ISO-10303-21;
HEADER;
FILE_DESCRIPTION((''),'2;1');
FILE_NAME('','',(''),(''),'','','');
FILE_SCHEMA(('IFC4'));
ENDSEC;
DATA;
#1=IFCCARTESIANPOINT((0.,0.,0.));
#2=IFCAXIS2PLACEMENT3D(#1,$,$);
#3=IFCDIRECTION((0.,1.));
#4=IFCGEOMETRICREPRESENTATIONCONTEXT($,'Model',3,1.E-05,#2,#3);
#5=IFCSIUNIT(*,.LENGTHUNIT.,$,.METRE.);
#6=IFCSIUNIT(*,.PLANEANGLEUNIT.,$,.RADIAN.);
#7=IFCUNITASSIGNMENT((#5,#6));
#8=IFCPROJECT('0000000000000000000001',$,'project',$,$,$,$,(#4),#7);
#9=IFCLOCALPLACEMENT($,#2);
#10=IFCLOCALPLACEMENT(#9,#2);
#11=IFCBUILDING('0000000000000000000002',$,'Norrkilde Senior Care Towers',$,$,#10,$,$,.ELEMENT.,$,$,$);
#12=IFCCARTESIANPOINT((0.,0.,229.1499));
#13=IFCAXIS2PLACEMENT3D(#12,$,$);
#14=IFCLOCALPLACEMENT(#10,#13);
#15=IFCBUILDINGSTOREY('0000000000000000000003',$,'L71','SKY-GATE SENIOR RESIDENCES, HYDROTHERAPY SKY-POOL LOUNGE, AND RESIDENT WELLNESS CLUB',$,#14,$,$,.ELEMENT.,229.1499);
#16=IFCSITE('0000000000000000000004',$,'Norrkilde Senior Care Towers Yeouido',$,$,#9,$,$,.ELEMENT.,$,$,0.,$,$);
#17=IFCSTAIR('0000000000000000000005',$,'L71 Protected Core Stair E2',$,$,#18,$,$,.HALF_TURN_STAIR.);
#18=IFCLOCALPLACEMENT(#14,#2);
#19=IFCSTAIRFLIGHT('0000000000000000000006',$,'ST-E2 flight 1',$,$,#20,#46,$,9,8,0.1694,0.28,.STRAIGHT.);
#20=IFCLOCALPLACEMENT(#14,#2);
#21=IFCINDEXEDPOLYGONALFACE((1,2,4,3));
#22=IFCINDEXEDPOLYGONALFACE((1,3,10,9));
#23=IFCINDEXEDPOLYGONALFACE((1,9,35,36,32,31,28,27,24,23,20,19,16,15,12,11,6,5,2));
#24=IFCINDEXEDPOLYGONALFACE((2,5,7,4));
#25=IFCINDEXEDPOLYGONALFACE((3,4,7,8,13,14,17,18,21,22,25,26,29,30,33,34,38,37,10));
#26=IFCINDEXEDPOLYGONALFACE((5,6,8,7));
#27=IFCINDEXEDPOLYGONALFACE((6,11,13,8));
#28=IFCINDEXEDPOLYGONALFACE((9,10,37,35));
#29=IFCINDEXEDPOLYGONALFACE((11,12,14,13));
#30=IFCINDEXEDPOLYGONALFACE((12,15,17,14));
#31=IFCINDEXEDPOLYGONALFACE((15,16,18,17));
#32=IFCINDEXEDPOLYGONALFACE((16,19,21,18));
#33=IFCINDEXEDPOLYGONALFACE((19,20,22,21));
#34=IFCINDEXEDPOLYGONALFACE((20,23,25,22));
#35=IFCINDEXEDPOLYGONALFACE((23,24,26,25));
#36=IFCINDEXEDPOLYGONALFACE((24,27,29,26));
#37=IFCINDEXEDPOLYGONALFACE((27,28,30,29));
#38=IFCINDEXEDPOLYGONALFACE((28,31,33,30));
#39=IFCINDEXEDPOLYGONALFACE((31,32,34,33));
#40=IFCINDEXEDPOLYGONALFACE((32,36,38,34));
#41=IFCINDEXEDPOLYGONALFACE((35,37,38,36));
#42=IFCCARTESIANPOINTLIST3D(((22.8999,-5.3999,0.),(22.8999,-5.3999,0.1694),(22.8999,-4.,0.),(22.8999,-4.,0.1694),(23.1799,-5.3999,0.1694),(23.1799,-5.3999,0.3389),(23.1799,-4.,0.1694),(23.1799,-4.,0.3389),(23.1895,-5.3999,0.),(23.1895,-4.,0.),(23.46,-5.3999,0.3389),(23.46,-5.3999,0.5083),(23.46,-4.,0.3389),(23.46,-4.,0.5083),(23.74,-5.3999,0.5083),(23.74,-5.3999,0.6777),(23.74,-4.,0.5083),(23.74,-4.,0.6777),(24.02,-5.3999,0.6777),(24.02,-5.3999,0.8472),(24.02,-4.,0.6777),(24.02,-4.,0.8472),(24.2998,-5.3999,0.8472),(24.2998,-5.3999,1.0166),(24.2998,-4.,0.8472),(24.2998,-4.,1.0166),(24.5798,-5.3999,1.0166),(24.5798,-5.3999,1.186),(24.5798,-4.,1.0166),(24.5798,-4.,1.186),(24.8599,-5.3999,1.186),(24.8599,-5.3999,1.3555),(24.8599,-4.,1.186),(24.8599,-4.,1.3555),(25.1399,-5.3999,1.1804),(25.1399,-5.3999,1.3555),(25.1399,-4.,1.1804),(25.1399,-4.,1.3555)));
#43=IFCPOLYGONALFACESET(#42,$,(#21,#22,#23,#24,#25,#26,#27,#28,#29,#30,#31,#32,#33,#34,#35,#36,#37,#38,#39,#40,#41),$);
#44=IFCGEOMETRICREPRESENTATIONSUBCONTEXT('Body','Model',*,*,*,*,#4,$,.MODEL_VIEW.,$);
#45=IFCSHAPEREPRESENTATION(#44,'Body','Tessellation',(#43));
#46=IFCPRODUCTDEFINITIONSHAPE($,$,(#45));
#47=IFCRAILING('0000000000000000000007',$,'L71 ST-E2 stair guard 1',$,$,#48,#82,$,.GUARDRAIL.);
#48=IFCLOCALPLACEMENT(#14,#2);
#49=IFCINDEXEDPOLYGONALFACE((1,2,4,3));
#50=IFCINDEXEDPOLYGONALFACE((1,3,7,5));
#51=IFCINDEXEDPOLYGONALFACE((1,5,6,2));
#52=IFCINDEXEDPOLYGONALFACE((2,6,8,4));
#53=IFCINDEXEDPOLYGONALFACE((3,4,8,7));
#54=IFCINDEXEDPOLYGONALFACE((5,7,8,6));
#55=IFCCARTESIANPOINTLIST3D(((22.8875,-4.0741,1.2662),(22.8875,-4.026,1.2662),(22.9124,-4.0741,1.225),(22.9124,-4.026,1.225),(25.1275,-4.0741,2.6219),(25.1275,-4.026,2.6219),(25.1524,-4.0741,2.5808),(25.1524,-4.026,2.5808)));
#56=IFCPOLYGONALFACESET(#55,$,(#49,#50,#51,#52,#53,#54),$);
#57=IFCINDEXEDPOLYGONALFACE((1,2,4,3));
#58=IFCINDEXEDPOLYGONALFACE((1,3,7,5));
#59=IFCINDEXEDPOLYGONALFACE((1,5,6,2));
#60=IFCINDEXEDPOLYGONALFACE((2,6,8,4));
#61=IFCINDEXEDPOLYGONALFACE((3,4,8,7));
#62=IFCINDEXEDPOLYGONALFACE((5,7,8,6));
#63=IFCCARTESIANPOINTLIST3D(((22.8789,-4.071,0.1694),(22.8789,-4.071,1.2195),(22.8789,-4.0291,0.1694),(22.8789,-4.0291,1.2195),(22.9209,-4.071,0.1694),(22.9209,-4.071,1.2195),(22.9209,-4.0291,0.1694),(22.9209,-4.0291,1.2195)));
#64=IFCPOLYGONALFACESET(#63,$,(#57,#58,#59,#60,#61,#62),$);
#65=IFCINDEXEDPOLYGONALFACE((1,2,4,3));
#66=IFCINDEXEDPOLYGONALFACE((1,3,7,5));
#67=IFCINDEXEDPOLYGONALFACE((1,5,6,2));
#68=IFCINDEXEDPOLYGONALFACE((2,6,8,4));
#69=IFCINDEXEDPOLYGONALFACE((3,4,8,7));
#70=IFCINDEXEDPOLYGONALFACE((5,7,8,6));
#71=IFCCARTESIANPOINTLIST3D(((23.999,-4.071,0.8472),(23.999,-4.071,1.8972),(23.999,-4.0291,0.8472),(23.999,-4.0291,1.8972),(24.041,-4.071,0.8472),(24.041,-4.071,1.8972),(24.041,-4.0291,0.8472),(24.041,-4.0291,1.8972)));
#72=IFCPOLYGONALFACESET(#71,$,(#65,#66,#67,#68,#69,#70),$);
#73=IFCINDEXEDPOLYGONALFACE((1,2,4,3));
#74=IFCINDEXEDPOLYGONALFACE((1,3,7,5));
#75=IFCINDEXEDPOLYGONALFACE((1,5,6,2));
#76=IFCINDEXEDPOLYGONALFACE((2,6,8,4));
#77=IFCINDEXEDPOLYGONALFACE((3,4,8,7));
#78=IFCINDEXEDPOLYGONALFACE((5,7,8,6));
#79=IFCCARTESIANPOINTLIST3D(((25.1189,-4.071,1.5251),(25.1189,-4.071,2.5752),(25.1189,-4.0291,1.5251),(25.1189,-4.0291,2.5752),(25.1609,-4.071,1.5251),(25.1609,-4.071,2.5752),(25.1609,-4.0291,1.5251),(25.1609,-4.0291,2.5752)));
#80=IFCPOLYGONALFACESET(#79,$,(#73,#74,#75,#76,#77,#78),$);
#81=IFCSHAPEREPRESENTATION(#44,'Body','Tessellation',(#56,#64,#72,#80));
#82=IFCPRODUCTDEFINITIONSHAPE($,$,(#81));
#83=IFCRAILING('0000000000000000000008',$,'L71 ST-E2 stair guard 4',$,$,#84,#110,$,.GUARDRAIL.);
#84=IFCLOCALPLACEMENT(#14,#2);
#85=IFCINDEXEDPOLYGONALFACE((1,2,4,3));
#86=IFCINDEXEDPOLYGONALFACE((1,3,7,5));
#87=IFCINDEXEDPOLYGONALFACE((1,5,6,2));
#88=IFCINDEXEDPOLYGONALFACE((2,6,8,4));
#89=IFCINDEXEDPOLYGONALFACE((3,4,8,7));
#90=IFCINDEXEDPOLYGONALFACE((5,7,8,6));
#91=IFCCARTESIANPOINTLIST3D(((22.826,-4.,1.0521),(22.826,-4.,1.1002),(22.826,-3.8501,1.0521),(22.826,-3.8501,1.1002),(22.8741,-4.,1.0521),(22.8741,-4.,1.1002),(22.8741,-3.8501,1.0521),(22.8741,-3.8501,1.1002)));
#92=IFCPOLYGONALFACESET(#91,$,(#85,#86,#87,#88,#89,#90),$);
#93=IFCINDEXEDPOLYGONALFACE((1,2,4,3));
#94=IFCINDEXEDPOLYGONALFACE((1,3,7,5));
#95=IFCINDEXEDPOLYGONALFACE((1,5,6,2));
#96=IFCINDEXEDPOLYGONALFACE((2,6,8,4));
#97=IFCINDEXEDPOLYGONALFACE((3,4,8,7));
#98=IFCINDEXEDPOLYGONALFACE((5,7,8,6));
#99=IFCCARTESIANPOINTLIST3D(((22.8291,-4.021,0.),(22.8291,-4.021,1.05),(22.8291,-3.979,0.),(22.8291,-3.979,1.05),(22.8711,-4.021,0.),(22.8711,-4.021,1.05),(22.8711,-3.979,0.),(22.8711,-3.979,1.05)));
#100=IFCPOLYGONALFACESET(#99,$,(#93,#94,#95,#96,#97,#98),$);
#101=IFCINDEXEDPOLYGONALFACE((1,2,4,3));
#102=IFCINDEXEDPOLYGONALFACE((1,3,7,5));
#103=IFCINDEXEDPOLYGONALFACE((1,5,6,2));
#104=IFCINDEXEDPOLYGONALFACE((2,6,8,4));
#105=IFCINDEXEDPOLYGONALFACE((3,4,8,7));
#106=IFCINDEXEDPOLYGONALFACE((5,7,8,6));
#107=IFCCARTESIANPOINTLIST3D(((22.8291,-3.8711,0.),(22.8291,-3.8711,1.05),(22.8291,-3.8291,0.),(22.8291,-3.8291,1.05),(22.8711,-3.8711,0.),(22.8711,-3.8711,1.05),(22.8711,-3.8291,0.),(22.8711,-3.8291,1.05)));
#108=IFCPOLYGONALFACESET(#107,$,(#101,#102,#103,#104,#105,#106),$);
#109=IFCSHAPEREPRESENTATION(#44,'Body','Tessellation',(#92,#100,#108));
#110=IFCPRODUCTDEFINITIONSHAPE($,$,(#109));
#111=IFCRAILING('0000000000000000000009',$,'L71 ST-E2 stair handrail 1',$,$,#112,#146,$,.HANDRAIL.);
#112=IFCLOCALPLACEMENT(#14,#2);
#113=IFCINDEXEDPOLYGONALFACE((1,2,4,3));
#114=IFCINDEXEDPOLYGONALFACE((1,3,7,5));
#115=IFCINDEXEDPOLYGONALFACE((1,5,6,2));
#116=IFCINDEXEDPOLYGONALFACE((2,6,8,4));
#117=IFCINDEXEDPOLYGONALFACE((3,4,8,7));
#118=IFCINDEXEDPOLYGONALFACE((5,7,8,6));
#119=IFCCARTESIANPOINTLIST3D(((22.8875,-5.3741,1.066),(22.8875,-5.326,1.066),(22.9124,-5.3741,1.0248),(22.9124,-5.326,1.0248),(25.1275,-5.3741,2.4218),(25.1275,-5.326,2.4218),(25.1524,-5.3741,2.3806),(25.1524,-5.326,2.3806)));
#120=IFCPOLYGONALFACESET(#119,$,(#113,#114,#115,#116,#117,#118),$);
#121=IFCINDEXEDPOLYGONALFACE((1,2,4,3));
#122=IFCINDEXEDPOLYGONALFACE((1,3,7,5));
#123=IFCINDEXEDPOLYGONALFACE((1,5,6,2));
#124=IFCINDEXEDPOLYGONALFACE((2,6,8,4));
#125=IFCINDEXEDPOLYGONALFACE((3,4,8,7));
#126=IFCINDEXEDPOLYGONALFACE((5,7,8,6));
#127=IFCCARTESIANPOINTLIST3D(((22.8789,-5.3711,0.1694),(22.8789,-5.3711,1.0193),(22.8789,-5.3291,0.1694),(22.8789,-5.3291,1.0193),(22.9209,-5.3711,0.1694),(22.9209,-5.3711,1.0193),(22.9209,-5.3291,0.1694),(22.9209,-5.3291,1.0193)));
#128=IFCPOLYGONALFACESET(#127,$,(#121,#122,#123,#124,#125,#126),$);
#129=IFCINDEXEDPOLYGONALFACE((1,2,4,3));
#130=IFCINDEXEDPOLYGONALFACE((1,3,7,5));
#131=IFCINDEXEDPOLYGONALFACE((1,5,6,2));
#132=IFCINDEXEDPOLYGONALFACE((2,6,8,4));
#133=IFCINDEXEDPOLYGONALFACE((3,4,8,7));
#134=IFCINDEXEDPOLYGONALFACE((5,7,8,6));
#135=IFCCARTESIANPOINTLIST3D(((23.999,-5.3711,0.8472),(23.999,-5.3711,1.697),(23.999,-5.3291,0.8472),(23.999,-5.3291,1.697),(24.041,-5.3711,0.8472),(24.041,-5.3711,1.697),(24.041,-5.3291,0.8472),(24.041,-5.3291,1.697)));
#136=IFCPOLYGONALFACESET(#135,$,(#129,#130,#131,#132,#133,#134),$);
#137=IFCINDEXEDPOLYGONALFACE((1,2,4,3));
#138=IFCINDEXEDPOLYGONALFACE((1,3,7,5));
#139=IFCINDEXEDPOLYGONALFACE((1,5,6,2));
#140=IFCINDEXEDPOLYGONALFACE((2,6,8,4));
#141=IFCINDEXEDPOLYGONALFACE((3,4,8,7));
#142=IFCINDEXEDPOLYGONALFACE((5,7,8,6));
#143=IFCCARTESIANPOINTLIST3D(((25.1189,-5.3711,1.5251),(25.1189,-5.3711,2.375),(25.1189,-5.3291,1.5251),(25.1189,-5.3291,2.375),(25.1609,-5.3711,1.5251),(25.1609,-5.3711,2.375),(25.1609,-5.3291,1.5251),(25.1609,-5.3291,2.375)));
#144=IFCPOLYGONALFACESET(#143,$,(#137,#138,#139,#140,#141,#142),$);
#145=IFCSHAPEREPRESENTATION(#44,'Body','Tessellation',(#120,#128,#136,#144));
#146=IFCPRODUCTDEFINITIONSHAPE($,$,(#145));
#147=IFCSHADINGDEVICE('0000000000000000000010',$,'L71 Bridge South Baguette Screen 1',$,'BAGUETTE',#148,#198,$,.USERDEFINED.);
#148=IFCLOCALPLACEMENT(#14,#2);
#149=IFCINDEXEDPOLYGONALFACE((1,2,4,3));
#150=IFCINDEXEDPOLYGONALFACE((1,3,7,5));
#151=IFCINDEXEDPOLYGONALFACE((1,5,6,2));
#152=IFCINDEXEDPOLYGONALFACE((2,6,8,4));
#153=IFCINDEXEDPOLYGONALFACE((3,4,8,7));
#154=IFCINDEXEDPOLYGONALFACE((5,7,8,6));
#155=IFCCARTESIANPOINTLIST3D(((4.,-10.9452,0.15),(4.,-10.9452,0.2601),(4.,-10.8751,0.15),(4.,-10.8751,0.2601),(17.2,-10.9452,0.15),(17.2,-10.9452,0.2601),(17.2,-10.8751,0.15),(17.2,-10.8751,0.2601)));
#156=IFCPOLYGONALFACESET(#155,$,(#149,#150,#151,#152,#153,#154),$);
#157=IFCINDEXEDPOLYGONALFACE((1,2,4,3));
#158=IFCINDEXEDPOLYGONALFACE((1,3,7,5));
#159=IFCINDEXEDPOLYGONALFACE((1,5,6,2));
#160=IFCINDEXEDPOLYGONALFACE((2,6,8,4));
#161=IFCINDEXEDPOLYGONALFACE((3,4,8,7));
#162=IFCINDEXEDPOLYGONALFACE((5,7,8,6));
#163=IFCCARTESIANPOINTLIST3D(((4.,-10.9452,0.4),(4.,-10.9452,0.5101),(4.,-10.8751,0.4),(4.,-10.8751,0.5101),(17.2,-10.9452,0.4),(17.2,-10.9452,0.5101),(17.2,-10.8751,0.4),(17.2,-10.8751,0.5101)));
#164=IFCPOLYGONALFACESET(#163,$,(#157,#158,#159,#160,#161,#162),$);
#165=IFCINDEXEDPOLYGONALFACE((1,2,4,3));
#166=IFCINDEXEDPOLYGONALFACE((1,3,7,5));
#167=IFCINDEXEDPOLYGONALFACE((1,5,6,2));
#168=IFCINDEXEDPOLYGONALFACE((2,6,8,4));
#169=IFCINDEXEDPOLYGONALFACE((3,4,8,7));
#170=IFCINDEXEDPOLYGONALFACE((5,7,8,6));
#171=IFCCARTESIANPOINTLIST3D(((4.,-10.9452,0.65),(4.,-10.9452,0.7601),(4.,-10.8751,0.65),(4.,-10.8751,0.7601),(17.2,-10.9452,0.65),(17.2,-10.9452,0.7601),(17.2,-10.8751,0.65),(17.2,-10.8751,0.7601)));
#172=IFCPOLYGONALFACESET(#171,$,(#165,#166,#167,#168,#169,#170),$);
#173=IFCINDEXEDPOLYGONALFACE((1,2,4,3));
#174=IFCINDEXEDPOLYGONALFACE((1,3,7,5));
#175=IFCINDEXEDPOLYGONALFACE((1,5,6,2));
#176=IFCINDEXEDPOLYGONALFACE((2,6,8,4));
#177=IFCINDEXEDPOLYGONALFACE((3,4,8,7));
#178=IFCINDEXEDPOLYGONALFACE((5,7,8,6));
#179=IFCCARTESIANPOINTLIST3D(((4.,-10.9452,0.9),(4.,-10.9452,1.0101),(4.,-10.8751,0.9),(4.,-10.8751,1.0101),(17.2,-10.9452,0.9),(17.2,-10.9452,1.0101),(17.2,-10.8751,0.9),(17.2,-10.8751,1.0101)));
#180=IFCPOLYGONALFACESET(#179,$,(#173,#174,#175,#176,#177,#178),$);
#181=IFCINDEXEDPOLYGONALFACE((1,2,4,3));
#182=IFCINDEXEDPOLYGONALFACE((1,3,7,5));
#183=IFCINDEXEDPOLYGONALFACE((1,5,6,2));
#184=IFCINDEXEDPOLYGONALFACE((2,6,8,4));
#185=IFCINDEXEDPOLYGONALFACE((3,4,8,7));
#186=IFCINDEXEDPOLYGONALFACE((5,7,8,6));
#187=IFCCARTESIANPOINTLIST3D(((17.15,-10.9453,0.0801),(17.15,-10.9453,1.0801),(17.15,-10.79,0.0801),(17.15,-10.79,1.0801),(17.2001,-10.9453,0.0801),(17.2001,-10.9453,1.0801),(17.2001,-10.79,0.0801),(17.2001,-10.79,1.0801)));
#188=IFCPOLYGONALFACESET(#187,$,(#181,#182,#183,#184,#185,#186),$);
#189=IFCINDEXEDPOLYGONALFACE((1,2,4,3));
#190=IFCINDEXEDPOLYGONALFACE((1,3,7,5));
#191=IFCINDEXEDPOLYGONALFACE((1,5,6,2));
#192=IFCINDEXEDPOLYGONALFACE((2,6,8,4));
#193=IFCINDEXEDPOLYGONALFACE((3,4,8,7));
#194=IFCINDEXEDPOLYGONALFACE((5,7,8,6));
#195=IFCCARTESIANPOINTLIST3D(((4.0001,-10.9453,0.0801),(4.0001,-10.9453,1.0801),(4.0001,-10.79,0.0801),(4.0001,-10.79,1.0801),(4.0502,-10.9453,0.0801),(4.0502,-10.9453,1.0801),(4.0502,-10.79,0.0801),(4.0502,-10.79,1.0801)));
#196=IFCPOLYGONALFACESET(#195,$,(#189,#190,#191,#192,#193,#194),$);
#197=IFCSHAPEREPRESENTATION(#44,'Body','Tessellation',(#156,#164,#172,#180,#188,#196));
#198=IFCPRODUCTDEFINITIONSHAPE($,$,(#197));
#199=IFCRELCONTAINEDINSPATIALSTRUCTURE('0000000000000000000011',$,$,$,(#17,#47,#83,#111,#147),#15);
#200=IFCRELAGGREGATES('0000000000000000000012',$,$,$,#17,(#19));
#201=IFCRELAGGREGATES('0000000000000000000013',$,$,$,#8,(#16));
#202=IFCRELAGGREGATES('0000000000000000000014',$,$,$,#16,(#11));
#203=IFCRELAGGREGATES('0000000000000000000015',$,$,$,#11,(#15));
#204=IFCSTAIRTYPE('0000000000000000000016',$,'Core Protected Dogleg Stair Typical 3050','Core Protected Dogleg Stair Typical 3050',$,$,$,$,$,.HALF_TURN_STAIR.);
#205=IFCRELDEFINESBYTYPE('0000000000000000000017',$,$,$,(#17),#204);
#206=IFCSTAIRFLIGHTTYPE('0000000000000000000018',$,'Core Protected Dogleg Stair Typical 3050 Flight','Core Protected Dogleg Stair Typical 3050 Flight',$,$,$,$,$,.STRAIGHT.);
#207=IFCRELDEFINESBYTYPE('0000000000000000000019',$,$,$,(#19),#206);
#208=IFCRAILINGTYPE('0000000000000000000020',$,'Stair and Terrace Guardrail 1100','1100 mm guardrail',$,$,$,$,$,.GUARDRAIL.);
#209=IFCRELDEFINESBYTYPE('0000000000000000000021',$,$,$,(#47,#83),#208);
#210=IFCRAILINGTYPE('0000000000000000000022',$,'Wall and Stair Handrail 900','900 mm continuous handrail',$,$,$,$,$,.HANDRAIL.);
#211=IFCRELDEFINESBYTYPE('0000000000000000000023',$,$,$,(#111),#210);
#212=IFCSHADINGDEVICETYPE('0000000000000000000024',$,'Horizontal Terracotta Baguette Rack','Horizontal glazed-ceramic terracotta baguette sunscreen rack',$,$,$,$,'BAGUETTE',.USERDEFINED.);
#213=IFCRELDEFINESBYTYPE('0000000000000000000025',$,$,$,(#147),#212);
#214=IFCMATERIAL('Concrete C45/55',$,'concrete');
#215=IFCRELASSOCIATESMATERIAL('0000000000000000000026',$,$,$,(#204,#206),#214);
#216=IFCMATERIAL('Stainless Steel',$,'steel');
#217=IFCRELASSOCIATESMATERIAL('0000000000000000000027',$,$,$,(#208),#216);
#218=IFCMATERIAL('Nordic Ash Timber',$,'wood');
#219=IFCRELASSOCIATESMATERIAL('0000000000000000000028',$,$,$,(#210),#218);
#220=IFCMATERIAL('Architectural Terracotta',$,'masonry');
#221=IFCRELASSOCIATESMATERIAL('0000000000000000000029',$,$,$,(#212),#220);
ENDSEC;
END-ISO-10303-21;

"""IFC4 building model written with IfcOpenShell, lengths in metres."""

from ifc_helpers import new_model, si_unit, direction, frame, origin, origin_2d, place, context, subcontext, project, spatial, polyline, rectangle, outline, extrude, source, transform, mapped, material, type_object, type_shapes, element, aggregate, save


model = new_model("IFC4")

# Units and contexts
model_context = context("Model", 3, precision=1e-05, world=origin(), true_north=direction((0.0, 1.0)))
body_context = subcontext(model_context, "Body", "Model", "MODEL_VIEW")
ifc_project = project(units=[si_unit("LENGTHUNIT", "METRE"), si_unit("PLANEANGLEUNIT", "RADIAN")], contexts=[model_context])

# Site, building, storey
site_placement = place(None, origin())
site = spatial("IfcSite", under=ifc_project, at=site_placement, Name="Norrkilde Senior Care Towers Yeouido", CompositionType="ELEMENT", RefElevation=0.0)
building_placement = place(site_placement, origin())
building = spatial("IfcBuilding", under=site, at=building_placement, Name="Norrkilde Senior Care Towers", CompositionType="ELEMENT")
storey_placement = place(building_placement, frame((0.0, 0.0, 229.1499)))
storey = spatial("IfcBuildingStorey", under=building, at=storey_placement, Name="L71", Description="SKY-GATE SENIOR RESIDENCES, HYDROTHERAPY SKY-POOL LOUNGE, AND RESIDENT WELLNESS CLUB", CompositionType="ELEMENT", Elevation=229.1499)

# Shared definitions
ifc_material_1 = material(Name="Concrete C45/55", Category="concrete")

# Shared definitions
ifc_material_2 = material(Name="Nordic Ash Timber", Category="wood")

# Stair, stair flight
stair_type = type_object("IfcStairType", Name="Core Protected Dogleg Stair Typical 3050", Description="Core Protected Dogleg Stair Typical 3050", PredefinedType="HALF_TURN_STAIR", material=ifc_material_1)
stair_placement = place(storey_placement, origin())
stair = element("IfcStair", 1, at=stair_placement, inside=storey, type_object=stair_type, Name="L71 Protected Core Stair E2", PredefinedType="HALF_TURN_STAIR")
stair_flight_type = type_object("IfcStairFlightType", Name="Core Protected Dogleg Stair Typical 3050 Flight", Description="Core Protected Dogleg Stair Typical 3050 Flight", PredefinedType="STRAIGHT", material=ifc_material_1)
stair_flight_placement = place(storey_placement, frame((22.8999, -4.7, 0.0), z_axis=(0.0, 0.0, 1.0), x_axis=(1.0, 0.0, 0.0)))
stair_flight = element("IfcStairFlight", 2, at=stair_flight_placement, type_object=stair_flight_type, Name="ST-E2 flight 1", NumberOfRisers=9, NumberOfTreads=8, PredefinedType="STRAIGHT", RiserHeight=0.1694, TreadLength=0.28, context=body_context, shape_type="SweptSolid", body=[
    extrude(outline(polyline([(0.0, 0.0), (0.0, 0.1694), (0.28, 0.1694), (0.28, 0.3389), (0.5601, 0.3389), (0.5601, 0.5083), (0.8401, 0.5083), (0.8401, 0.6777), (1.1201, 0.6777), (1.1201, 0.8472), (1.3999, 0.8472), (1.3999, 1.0166), (1.6799, 1.0166), (1.6799, 1.186), (1.96, 1.186), (1.96, 1.3555), (2.24, 1.3555), (2.24, 1.5249), (2.24, 1.1804), (0.2896, 0.0), (0.0, 0.0)])), frame((0.0, 0.7, 0.0), z_axis=(0.0, -1.0, 0.0), x_axis=(1.0, 0.0, 0.0)), (0.0, 0.0, 1.0), 1.3999),
])
aggregate(stair, [stair_flight])

# Railings
ifc_material_3 = material(Name="Stainless Steel", Category="steel")
railing_type_1 = type_object("IfcRailingType", Name="Stair and Terrace Guardrail 1100", Description="1100 mm guardrail", PredefinedType="GUARDRAIL", material=ifc_material_3)
railing_1_placement = place(storey_placement, frame((22.8999, -4.05, 0.1694)))
element("IfcRailing", 3, at=railing_1_placement, inside=storey, type_object=railing_type_1, Name="L71 ST-E2 stair guard 1", PredefinedType="GUARDRAIL", context=body_context, shape_type="SweptSolid", body=[
    extrude(rectangle(XDim=0.0481, YDim=0.0481, at=origin_2d()), frame((0.0, 0.0, 1.0762), z_axis=(0.855512, 0.0, 0.517783), x_axis=(0.0, 1.0, 0.0)), (0.0, 0.0, 1.0), 2.6184),
    extrude(rectangle(XDim=0.042, YDim=0.042, at=origin_2d()), origin(), (0.0, 0.0, 1.0), 1.05),
    extrude(rectangle(XDim=0.042, YDim=0.042, at=origin_2d()), frame((1.1201, 0.0, 0.6777)), (0.0, 0.0, 1.0), 1.05),
    extrude(rectangle(XDim=0.042, YDim=0.042, at=origin_2d()), frame((2.24, 0.0, 1.3557)), (0.0, 0.0, 1.0), 1.05),
])
railing_2_placement = place(storey_placement, frame((22.8501, -4.0, 0.0)))
element("IfcRailing", 4, at=railing_2_placement, inside=storey, type_object=railing_type_1, Name="L71 ST-E2 stair guard 4", PredefinedType="GUARDRAIL", context=body_context, shape_type="SweptSolid", body=[
    extrude(rectangle(XDim=0.0481, YDim=0.0481, at=origin_2d()), frame((0.0, 0.0, 1.0762), z_axis=(0.0, 1.0, 0.0), x_axis=(-1.0, 0.0, 0.0)), (0.0, 0.0, 1.0), 0.1499),
    extrude(rectangle(XDim=0.042, YDim=0.042, at=origin_2d()), origin(), (0.0, 0.0, 1.0), 1.05),
    extrude(rectangle(XDim=0.042, YDim=0.042, at=origin_2d()), frame((0.0, 0.1499, 0.0)), (0.0, 0.0, 1.0), 1.05),
])
railing_type_2 = type_object("IfcRailingType", Name="Wall and Stair Handrail 900", Description="900 mm continuous handrail", PredefinedType="HANDRAIL", material=ifc_material_2)
railing_3_placement = place(storey_placement, frame((22.8999, -5.3501, 0.1694)))
element("IfcRailing", 5, at=railing_3_placement, inside=storey, type_object=railing_type_2, Name="L71 ST-E2 stair handrail 1", PredefinedType="HANDRAIL", context=body_context, shape_type="SweptSolid", body=[
    extrude(rectangle(XDim=0.0481, YDim=0.0481, at=origin_2d()), frame((0.0, 0.0, 0.876), z_axis=(0.855512, 0.0, 0.517783), x_axis=(0.0, 1.0, 0.0)), (0.0, 0.0, 1.0), 2.6184),
    extrude(rectangle(XDim=0.042, YDim=0.042, at=origin_2d()), origin(), (0.0, 0.0, 1.0), 0.8499),
    extrude(rectangle(XDim=0.042, YDim=0.042, at=origin_2d()), frame((1.1201, 0.0, 0.6777)), (0.0, 0.0, 1.0), 0.8499),
    extrude(rectangle(XDim=0.042, YDim=0.042, at=origin_2d()), frame((2.24, 0.0, 1.3557)), (0.0, 0.0, 1.0), 0.8499),
])

# Shading device
ifc_material_4 = material(Name="Architectural Terracotta", Category="masonry")
shading_device_type = type_object("IfcShadingDeviceType", Name="Horizontal Terracotta Baguette Rack", Description="Horizontal glazed-ceramic terracotta baguette sunscreen rack", ElementType="BAGUETTE", PredefinedType="USERDEFINED", material=ifc_material_4)
shared_shape_1 = source(origin(), body_context, "Body", "SweptSolid", [
    extrude(rectangle(XDim=0.0701, YDim=0.1101, at=origin_2d()), frame((0.0, 0.0901, 0.125), z_axis=(1.0, 0.0, 0.0), x_axis=(0.0, 1.0, 0.0)), (0.0, 0.0, 1.0), 13.2),
    extrude(rectangle(XDim=0.0701, YDim=0.1101, at=origin_2d()), frame((0.0, 0.0901, 0.375), z_axis=(1.0, 0.0, 0.0), x_axis=(0.0, 1.0, 0.0)), (0.0, 0.0, 1.0), 13.2),
    extrude(rectangle(XDim=0.0701, YDim=0.1101, at=origin_2d()), frame((0.0, 0.0901, 0.625), z_axis=(1.0, 0.0, 0.0), x_axis=(0.0, 1.0, 0.0)), (0.0, 0.0, 1.0), 13.2),
    extrude(rectangle(XDim=0.0701, YDim=0.1101, at=origin_2d()), frame((0.0, 0.0901, 0.875), z_axis=(1.0, 0.0, 0.0), x_axis=(0.0, 1.0, 0.0)), (0.0, 0.0, 1.0), 13.2),
    extrude(rectangle(XDim=0.05, YDim=0.1553, at=origin_2d()), frame((0.0249, 0.0476, 0.0)), (0.0, 0.0, 1.0), 1.0),
    extrude(rectangle(XDim=0.05, YDim=0.1553, at=origin_2d()), frame((13.1748, 0.0476, 0.0)), (0.0, 0.0, 1.0), 1.0),
])
type_shapes(shading_device_type, [shared_shape_1])
shading_device_placement = place(storey_placement, frame((17.2, -10.8201, 0.0801), z_axis=(0.0, 0.0, 1.0), x_axis=(-1.0, 0.0, 0.0)))
element("IfcShadingDevice", 6, at=shading_device_placement, inside=storey, type_object=shading_device_type, Name="L71 Bridge South Baguette Screen 1", ObjectType="BAGUETTE", PredefinedType="USERDEFINED", context=body_context, shape_type="MappedRepresentation", body=[
    mapped(shared_shape_1, transform((0.0, 0.0, 0.0), x_axis=(1.0, 0.0, 0.0), y_axis=(0.0, 1.0, 0.0), z_axis=(0.0, 0.0, 1.0), scale=1.0)),
])

save(model, "model.ifc")
